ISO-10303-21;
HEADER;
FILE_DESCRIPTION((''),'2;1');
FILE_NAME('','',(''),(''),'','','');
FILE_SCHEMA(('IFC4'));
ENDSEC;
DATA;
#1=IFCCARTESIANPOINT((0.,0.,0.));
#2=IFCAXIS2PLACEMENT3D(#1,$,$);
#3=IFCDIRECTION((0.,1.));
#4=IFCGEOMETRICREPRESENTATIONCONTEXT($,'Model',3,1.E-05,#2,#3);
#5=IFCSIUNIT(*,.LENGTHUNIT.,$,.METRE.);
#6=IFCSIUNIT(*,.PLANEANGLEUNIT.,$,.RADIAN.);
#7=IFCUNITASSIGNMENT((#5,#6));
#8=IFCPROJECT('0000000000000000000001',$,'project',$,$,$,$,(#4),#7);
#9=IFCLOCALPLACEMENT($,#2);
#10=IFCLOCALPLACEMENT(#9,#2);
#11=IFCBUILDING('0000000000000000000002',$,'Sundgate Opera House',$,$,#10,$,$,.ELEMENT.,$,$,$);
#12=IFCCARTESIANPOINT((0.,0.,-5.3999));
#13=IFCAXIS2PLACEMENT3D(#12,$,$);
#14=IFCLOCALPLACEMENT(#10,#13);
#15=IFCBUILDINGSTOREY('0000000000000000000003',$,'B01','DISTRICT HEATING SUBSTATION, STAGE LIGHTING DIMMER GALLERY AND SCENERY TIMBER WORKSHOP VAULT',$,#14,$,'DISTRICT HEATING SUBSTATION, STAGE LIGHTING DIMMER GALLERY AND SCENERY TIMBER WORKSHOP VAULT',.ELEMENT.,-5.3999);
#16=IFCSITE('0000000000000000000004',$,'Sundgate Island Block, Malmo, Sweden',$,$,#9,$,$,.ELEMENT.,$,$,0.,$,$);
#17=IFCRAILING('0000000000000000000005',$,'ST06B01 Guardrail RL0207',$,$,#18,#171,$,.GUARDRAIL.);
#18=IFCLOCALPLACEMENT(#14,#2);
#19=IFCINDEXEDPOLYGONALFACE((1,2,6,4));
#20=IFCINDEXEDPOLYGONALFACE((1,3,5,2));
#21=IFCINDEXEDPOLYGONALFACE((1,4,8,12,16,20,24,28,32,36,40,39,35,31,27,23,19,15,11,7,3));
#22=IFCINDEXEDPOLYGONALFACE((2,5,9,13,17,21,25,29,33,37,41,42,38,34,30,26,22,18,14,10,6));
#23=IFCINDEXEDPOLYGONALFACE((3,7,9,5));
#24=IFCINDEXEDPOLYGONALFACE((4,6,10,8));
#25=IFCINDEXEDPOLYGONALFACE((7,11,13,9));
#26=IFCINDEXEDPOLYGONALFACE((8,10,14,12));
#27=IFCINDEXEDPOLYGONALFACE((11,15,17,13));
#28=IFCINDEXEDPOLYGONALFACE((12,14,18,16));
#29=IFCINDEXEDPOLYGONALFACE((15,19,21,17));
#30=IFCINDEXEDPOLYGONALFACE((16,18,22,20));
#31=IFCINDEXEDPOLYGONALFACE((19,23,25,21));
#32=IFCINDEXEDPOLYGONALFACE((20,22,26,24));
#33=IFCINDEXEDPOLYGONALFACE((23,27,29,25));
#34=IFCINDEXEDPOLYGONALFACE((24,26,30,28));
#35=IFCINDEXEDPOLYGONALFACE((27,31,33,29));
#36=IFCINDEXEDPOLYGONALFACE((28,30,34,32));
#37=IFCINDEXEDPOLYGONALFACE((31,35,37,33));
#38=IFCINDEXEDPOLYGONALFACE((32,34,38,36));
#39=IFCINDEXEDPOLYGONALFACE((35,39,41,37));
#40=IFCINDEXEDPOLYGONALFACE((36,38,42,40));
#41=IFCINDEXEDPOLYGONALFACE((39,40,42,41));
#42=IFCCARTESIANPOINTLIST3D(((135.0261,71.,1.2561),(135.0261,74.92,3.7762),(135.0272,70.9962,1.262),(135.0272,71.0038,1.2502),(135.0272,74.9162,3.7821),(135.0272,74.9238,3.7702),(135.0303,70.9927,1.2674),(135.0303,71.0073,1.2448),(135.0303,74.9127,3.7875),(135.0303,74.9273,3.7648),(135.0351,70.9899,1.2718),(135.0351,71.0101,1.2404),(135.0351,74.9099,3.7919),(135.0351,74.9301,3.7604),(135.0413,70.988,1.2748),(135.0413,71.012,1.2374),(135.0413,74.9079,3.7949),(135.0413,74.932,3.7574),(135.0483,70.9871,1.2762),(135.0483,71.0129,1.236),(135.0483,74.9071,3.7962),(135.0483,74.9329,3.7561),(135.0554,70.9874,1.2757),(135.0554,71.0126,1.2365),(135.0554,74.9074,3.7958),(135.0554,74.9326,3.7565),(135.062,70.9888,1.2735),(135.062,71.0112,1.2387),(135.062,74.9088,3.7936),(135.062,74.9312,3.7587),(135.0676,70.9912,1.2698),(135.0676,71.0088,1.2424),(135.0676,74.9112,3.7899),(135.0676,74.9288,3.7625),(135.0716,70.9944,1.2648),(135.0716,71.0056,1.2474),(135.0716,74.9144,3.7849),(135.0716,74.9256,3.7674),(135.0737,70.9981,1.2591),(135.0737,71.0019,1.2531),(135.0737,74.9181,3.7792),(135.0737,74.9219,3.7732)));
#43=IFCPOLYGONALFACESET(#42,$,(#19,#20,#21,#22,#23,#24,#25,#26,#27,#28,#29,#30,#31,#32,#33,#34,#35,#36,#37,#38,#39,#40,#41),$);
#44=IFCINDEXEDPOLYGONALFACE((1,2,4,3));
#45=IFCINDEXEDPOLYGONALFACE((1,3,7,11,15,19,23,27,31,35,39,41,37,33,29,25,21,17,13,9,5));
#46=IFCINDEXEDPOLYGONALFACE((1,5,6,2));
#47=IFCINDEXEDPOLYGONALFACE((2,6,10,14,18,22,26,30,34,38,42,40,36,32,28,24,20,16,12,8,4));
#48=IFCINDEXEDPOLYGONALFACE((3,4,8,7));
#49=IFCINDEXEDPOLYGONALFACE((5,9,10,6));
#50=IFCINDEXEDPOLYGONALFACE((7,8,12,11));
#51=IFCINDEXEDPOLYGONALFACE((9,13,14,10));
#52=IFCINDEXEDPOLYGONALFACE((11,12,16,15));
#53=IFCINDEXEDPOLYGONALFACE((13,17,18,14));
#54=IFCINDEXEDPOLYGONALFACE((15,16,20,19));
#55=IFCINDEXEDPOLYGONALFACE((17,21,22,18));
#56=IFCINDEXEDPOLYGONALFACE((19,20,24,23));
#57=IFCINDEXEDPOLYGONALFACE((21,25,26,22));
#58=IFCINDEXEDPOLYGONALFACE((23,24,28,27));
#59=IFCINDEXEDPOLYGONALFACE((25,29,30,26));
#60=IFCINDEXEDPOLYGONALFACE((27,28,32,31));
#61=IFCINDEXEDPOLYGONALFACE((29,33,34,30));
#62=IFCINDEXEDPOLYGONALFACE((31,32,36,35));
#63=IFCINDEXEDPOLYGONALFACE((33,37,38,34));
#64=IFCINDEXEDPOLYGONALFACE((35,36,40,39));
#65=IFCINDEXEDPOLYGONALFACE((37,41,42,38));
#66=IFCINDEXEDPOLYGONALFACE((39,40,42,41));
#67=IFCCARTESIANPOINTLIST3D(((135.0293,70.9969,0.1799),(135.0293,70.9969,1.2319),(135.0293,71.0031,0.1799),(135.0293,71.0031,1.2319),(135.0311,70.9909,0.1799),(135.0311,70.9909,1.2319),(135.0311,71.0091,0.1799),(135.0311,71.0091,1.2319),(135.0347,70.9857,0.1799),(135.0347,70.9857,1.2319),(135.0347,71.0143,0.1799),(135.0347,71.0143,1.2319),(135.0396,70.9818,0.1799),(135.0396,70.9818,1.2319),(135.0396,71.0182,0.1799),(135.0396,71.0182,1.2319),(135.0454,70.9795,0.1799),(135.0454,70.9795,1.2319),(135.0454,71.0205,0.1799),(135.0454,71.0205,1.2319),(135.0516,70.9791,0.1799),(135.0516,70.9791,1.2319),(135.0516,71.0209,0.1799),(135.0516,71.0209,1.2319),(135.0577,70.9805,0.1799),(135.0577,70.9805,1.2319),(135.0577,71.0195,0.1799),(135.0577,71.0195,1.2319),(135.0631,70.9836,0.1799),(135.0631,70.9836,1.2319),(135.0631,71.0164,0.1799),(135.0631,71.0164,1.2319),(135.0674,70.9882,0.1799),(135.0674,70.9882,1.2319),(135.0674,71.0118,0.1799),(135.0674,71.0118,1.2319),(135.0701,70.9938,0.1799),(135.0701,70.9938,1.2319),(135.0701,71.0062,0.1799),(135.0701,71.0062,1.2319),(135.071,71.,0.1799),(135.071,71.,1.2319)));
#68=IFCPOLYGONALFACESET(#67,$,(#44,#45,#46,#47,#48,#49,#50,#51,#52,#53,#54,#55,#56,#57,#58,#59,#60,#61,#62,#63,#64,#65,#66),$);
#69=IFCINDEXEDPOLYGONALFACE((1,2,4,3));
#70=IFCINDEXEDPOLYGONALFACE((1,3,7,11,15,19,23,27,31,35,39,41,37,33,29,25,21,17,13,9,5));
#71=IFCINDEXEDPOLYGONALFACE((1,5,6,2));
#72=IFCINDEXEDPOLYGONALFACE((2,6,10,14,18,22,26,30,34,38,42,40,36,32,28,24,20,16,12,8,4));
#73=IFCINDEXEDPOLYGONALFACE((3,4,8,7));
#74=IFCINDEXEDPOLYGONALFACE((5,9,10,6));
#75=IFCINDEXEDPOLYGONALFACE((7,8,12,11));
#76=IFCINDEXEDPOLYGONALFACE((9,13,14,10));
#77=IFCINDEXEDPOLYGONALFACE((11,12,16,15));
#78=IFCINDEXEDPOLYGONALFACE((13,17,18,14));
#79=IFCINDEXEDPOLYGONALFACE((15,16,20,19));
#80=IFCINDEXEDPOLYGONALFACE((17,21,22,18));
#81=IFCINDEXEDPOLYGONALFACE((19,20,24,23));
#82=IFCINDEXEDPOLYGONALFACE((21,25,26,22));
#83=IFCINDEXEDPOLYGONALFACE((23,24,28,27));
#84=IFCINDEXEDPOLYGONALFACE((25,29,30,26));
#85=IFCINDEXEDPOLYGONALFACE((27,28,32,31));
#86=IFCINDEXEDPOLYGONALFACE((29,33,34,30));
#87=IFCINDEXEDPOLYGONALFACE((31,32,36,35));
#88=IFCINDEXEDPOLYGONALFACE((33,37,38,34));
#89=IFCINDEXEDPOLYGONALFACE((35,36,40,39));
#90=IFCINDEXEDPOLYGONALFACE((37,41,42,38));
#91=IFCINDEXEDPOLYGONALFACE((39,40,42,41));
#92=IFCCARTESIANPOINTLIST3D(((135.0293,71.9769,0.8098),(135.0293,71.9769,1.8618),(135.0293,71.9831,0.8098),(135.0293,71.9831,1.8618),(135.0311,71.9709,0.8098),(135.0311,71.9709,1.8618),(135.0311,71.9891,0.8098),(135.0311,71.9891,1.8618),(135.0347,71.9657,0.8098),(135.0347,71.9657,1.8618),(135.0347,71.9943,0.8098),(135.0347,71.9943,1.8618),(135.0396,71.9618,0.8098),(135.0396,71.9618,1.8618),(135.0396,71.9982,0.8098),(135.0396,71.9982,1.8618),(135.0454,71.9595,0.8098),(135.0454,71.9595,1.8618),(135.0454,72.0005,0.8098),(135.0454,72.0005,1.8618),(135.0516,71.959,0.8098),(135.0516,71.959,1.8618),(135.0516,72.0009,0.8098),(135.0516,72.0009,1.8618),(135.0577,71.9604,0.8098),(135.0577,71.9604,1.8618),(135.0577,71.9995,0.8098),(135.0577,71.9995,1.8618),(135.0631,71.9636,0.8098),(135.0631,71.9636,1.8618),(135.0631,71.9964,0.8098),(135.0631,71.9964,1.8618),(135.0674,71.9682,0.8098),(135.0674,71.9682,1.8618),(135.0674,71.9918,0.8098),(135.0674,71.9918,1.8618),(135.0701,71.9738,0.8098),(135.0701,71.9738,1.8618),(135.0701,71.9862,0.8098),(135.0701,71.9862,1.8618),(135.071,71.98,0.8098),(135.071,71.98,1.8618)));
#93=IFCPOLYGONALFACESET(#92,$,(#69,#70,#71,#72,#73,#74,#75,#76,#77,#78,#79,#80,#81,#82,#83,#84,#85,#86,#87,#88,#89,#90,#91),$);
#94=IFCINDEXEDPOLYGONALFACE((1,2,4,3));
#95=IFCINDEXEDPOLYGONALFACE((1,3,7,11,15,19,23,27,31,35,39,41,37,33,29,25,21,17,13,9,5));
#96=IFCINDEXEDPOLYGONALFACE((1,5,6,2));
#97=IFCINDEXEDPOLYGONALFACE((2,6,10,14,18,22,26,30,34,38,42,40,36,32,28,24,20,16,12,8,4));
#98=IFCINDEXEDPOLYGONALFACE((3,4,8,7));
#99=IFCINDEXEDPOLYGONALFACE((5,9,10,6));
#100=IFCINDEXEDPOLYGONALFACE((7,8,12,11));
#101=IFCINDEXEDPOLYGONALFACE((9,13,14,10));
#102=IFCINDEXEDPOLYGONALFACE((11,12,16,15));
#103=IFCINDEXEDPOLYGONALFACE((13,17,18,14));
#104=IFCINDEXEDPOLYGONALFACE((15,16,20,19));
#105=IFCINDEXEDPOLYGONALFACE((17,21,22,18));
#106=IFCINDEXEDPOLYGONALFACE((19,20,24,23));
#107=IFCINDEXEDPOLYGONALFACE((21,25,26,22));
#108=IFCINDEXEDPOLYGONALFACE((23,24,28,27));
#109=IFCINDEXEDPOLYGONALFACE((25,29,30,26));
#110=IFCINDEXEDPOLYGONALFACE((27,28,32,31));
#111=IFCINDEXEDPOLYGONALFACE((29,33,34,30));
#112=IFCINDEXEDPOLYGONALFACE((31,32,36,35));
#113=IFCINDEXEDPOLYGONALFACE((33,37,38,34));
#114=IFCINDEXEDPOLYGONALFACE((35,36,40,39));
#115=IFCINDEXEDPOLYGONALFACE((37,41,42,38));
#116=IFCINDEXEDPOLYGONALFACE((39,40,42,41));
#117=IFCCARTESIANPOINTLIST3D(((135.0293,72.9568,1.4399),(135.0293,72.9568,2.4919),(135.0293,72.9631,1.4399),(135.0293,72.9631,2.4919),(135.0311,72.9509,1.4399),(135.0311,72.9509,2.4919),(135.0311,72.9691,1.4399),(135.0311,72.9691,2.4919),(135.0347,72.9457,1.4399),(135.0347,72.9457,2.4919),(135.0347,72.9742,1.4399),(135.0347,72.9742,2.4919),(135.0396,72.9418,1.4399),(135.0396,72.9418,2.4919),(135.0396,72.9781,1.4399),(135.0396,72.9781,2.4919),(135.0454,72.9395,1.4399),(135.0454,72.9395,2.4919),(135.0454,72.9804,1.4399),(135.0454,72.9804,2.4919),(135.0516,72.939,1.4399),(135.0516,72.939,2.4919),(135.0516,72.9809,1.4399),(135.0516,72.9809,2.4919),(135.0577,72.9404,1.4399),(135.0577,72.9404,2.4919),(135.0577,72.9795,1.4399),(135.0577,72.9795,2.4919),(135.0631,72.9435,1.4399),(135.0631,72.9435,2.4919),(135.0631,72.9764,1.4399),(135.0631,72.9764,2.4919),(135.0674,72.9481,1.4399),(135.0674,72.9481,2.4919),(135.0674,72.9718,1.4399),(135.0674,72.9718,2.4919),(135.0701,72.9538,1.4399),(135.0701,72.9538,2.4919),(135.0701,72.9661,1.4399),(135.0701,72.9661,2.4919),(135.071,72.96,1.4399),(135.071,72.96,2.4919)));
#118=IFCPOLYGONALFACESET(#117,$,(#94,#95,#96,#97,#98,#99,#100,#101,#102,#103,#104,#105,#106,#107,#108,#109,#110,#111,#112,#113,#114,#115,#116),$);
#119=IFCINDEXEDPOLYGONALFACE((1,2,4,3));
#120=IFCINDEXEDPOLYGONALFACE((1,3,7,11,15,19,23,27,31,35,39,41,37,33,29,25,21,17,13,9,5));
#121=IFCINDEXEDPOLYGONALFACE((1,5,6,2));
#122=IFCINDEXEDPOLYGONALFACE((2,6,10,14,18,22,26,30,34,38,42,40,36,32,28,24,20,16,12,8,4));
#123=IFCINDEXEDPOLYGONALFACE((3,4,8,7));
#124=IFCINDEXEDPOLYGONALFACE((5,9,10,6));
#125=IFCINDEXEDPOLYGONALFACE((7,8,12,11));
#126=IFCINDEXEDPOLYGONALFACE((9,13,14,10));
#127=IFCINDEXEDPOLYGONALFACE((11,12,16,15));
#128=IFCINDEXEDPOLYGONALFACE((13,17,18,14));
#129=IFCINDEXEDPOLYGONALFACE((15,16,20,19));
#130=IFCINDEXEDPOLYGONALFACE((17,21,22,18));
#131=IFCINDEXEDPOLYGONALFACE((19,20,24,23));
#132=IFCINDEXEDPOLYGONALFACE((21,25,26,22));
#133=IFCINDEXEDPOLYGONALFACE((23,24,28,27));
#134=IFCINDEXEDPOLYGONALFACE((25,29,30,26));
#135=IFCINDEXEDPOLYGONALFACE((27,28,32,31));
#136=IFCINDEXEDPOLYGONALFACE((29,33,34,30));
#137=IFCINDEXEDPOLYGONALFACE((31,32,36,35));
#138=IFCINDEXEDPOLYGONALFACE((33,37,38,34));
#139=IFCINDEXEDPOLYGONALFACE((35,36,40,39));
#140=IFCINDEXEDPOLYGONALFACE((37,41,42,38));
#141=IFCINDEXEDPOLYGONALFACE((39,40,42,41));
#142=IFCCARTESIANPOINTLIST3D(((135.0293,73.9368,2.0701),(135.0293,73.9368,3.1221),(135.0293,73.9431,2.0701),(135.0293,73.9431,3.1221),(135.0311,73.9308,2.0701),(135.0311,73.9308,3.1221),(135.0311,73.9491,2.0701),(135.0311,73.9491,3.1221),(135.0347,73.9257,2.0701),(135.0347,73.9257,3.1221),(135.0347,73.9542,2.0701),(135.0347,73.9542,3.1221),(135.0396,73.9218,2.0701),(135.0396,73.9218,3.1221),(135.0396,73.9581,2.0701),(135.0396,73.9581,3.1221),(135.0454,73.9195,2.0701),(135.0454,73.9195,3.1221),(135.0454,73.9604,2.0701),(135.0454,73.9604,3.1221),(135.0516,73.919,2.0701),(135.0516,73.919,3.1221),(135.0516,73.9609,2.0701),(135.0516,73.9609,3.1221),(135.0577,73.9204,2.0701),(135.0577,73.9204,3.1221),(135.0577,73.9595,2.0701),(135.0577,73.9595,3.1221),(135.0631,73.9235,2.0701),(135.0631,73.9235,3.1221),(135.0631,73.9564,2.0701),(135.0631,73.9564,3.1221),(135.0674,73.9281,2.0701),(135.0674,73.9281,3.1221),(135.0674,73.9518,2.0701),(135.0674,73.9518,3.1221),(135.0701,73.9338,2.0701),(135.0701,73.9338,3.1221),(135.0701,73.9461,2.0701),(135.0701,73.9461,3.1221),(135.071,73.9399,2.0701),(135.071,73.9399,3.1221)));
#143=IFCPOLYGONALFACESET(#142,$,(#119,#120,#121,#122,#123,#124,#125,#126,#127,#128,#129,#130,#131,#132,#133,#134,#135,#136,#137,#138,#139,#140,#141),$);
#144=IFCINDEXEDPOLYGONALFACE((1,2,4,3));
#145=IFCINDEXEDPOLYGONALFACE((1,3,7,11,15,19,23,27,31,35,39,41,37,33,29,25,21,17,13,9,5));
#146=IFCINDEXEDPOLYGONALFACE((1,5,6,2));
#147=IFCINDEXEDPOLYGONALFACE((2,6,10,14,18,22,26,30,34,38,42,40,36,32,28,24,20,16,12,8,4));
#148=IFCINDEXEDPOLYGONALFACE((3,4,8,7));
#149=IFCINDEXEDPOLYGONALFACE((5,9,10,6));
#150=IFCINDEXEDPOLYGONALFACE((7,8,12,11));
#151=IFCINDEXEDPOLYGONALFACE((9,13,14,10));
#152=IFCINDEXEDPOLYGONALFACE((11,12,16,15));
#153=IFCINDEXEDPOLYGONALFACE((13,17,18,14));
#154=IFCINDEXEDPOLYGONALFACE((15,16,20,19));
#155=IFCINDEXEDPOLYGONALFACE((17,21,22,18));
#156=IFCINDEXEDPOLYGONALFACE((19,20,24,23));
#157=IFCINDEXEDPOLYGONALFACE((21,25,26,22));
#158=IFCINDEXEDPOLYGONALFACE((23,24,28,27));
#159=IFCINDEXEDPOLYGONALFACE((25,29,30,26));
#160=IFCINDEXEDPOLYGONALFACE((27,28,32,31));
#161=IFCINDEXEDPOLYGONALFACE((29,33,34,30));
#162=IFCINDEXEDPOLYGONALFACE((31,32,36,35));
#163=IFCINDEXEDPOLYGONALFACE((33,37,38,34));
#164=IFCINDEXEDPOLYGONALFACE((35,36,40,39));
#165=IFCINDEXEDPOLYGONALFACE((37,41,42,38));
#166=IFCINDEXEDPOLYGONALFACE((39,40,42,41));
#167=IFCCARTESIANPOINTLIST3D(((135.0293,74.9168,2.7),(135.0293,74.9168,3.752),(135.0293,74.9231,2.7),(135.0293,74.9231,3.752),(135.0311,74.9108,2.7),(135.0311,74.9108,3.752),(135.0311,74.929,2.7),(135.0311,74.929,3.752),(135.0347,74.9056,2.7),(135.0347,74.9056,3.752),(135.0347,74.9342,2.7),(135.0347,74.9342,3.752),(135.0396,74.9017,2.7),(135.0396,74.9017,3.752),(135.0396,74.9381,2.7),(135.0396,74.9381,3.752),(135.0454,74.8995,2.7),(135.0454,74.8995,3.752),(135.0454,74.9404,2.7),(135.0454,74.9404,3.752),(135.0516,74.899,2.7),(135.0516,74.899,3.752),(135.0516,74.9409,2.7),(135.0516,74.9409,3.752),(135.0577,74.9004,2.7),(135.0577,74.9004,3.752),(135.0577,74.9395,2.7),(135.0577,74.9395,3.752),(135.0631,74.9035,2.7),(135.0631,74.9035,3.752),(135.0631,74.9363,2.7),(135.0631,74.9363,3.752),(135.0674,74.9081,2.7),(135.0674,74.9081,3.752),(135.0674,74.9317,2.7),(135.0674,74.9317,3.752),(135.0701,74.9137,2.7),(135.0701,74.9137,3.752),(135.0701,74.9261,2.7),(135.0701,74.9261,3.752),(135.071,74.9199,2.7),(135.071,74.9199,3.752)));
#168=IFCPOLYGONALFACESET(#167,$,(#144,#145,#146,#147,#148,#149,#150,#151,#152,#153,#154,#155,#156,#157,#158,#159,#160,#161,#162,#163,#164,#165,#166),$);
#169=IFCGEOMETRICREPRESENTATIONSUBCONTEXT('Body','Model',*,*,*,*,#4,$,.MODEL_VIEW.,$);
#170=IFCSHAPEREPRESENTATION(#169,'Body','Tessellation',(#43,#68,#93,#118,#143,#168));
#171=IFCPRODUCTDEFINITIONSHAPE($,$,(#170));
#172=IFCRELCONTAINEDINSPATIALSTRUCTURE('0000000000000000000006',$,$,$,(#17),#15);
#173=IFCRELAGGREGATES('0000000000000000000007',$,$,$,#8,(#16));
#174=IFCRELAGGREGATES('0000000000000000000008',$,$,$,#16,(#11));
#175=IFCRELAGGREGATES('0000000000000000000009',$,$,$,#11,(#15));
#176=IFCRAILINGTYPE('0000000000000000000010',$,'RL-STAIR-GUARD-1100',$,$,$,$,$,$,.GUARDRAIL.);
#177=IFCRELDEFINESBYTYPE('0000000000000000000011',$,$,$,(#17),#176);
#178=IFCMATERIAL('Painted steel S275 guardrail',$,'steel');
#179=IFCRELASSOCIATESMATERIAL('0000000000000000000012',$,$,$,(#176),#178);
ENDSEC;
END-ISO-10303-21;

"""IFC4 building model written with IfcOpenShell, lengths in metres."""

from ifc_helpers import new_model, si_unit, direction, frame, origin, origin_2d, place, context, subcontext, project, spatial, circle, extrude, material, type_object, element, save


model = new_model("IFC4")

# Units and contexts
model_context = context("Model", 3, precision=1e-05, world=origin(), true_north=direction((0.0, 1.0)))
body_context = subcontext(model_context, "Body", "Model", "MODEL_VIEW")
ifc_project = project(units=[si_unit("LENGTHUNIT", "METRE"), si_unit("PLANEANGLEUNIT", "RADIAN")], contexts=[model_context])

# Site, building, storey
site_placement = place(None, origin())
site = spatial("IfcSite", under=ifc_project, at=site_placement, Name="Sundgate Island Block, Malmo, Sweden", CompositionType="ELEMENT", RefElevation=0.0)
building_placement = place(site_placement, origin())
building = spatial("IfcBuilding", under=site, at=building_placement, Name="Sundgate Opera House", CompositionType="ELEMENT")
storey_placement = place(building_placement, frame((0.0, 0.0, -5.3999)))
storey = spatial("IfcBuildingStorey", under=building, at=storey_placement, Name="B01", Description="DISTRICT HEATING SUBSTATION, STAGE LIGHTING DIMMER GALLERY AND SCENERY TIMBER WORKSHOP VAULT", LongName="DISTRICT HEATING SUBSTATION, STAGE LIGHTING DIMMER GALLERY AND SCENERY TIMBER WORKSHOP VAULT", CompositionType="ELEMENT", Elevation=-5.3999)

# Railing
ifc_material_1 = material(Name="Painted steel S275 guardrail", Category="steel")
railing_type_1 = type_object("IfcRailingType", Name="RL-STAIR-GUARD-1100", PredefinedType="GUARDRAIL", material=ifc_material_1)
railing_1_placement = place(storey_placement, frame((135.05, 71.0, 0.1799)))
element("IfcRailing", 1, at=railing_1_placement, inside=storey, type_object=railing_type_1, Name="ST06B01 Guardrail RL0207", PredefinedType="GUARDRAIL", context=body_context, shape_type="SweptSolid", body=[
    extrude(circle(Radius=0.0239, at=origin_2d()), frame((0.0, 0.0, 1.0762), z_axis=(0.0, 0.841172, 0.540768), x_axis=(-1.0, 0.0, 0.0)), (0.0, 0.0, 1.0), 4.6602),
    extrude(circle(Radius=0.021, at=origin_2d()), origin(), (0.0, 0.0, 1.0), 1.052),
    extrude(circle(Radius=0.021, at=origin_2d()), frame((0.0, 0.98, 0.6299)), (0.0, 0.0, 1.0), 1.052),
    extrude(circle(Radius=0.021, at=origin_2d()), frame((0.0, 1.96, 1.26)), (0.0, 0.0, 1.0), 1.052),
    extrude(circle(Radius=0.021, at=origin_2d()), frame((0.0, 2.9399, 1.8901)), (0.0, 0.0, 1.0), 1.052),
    extrude(circle(Radius=0.021, at=origin_2d()), frame((0.0, 3.9199, 2.52)), (0.0, 0.0, 1.0), 1.052),
])

save(model, "model.ifc")
